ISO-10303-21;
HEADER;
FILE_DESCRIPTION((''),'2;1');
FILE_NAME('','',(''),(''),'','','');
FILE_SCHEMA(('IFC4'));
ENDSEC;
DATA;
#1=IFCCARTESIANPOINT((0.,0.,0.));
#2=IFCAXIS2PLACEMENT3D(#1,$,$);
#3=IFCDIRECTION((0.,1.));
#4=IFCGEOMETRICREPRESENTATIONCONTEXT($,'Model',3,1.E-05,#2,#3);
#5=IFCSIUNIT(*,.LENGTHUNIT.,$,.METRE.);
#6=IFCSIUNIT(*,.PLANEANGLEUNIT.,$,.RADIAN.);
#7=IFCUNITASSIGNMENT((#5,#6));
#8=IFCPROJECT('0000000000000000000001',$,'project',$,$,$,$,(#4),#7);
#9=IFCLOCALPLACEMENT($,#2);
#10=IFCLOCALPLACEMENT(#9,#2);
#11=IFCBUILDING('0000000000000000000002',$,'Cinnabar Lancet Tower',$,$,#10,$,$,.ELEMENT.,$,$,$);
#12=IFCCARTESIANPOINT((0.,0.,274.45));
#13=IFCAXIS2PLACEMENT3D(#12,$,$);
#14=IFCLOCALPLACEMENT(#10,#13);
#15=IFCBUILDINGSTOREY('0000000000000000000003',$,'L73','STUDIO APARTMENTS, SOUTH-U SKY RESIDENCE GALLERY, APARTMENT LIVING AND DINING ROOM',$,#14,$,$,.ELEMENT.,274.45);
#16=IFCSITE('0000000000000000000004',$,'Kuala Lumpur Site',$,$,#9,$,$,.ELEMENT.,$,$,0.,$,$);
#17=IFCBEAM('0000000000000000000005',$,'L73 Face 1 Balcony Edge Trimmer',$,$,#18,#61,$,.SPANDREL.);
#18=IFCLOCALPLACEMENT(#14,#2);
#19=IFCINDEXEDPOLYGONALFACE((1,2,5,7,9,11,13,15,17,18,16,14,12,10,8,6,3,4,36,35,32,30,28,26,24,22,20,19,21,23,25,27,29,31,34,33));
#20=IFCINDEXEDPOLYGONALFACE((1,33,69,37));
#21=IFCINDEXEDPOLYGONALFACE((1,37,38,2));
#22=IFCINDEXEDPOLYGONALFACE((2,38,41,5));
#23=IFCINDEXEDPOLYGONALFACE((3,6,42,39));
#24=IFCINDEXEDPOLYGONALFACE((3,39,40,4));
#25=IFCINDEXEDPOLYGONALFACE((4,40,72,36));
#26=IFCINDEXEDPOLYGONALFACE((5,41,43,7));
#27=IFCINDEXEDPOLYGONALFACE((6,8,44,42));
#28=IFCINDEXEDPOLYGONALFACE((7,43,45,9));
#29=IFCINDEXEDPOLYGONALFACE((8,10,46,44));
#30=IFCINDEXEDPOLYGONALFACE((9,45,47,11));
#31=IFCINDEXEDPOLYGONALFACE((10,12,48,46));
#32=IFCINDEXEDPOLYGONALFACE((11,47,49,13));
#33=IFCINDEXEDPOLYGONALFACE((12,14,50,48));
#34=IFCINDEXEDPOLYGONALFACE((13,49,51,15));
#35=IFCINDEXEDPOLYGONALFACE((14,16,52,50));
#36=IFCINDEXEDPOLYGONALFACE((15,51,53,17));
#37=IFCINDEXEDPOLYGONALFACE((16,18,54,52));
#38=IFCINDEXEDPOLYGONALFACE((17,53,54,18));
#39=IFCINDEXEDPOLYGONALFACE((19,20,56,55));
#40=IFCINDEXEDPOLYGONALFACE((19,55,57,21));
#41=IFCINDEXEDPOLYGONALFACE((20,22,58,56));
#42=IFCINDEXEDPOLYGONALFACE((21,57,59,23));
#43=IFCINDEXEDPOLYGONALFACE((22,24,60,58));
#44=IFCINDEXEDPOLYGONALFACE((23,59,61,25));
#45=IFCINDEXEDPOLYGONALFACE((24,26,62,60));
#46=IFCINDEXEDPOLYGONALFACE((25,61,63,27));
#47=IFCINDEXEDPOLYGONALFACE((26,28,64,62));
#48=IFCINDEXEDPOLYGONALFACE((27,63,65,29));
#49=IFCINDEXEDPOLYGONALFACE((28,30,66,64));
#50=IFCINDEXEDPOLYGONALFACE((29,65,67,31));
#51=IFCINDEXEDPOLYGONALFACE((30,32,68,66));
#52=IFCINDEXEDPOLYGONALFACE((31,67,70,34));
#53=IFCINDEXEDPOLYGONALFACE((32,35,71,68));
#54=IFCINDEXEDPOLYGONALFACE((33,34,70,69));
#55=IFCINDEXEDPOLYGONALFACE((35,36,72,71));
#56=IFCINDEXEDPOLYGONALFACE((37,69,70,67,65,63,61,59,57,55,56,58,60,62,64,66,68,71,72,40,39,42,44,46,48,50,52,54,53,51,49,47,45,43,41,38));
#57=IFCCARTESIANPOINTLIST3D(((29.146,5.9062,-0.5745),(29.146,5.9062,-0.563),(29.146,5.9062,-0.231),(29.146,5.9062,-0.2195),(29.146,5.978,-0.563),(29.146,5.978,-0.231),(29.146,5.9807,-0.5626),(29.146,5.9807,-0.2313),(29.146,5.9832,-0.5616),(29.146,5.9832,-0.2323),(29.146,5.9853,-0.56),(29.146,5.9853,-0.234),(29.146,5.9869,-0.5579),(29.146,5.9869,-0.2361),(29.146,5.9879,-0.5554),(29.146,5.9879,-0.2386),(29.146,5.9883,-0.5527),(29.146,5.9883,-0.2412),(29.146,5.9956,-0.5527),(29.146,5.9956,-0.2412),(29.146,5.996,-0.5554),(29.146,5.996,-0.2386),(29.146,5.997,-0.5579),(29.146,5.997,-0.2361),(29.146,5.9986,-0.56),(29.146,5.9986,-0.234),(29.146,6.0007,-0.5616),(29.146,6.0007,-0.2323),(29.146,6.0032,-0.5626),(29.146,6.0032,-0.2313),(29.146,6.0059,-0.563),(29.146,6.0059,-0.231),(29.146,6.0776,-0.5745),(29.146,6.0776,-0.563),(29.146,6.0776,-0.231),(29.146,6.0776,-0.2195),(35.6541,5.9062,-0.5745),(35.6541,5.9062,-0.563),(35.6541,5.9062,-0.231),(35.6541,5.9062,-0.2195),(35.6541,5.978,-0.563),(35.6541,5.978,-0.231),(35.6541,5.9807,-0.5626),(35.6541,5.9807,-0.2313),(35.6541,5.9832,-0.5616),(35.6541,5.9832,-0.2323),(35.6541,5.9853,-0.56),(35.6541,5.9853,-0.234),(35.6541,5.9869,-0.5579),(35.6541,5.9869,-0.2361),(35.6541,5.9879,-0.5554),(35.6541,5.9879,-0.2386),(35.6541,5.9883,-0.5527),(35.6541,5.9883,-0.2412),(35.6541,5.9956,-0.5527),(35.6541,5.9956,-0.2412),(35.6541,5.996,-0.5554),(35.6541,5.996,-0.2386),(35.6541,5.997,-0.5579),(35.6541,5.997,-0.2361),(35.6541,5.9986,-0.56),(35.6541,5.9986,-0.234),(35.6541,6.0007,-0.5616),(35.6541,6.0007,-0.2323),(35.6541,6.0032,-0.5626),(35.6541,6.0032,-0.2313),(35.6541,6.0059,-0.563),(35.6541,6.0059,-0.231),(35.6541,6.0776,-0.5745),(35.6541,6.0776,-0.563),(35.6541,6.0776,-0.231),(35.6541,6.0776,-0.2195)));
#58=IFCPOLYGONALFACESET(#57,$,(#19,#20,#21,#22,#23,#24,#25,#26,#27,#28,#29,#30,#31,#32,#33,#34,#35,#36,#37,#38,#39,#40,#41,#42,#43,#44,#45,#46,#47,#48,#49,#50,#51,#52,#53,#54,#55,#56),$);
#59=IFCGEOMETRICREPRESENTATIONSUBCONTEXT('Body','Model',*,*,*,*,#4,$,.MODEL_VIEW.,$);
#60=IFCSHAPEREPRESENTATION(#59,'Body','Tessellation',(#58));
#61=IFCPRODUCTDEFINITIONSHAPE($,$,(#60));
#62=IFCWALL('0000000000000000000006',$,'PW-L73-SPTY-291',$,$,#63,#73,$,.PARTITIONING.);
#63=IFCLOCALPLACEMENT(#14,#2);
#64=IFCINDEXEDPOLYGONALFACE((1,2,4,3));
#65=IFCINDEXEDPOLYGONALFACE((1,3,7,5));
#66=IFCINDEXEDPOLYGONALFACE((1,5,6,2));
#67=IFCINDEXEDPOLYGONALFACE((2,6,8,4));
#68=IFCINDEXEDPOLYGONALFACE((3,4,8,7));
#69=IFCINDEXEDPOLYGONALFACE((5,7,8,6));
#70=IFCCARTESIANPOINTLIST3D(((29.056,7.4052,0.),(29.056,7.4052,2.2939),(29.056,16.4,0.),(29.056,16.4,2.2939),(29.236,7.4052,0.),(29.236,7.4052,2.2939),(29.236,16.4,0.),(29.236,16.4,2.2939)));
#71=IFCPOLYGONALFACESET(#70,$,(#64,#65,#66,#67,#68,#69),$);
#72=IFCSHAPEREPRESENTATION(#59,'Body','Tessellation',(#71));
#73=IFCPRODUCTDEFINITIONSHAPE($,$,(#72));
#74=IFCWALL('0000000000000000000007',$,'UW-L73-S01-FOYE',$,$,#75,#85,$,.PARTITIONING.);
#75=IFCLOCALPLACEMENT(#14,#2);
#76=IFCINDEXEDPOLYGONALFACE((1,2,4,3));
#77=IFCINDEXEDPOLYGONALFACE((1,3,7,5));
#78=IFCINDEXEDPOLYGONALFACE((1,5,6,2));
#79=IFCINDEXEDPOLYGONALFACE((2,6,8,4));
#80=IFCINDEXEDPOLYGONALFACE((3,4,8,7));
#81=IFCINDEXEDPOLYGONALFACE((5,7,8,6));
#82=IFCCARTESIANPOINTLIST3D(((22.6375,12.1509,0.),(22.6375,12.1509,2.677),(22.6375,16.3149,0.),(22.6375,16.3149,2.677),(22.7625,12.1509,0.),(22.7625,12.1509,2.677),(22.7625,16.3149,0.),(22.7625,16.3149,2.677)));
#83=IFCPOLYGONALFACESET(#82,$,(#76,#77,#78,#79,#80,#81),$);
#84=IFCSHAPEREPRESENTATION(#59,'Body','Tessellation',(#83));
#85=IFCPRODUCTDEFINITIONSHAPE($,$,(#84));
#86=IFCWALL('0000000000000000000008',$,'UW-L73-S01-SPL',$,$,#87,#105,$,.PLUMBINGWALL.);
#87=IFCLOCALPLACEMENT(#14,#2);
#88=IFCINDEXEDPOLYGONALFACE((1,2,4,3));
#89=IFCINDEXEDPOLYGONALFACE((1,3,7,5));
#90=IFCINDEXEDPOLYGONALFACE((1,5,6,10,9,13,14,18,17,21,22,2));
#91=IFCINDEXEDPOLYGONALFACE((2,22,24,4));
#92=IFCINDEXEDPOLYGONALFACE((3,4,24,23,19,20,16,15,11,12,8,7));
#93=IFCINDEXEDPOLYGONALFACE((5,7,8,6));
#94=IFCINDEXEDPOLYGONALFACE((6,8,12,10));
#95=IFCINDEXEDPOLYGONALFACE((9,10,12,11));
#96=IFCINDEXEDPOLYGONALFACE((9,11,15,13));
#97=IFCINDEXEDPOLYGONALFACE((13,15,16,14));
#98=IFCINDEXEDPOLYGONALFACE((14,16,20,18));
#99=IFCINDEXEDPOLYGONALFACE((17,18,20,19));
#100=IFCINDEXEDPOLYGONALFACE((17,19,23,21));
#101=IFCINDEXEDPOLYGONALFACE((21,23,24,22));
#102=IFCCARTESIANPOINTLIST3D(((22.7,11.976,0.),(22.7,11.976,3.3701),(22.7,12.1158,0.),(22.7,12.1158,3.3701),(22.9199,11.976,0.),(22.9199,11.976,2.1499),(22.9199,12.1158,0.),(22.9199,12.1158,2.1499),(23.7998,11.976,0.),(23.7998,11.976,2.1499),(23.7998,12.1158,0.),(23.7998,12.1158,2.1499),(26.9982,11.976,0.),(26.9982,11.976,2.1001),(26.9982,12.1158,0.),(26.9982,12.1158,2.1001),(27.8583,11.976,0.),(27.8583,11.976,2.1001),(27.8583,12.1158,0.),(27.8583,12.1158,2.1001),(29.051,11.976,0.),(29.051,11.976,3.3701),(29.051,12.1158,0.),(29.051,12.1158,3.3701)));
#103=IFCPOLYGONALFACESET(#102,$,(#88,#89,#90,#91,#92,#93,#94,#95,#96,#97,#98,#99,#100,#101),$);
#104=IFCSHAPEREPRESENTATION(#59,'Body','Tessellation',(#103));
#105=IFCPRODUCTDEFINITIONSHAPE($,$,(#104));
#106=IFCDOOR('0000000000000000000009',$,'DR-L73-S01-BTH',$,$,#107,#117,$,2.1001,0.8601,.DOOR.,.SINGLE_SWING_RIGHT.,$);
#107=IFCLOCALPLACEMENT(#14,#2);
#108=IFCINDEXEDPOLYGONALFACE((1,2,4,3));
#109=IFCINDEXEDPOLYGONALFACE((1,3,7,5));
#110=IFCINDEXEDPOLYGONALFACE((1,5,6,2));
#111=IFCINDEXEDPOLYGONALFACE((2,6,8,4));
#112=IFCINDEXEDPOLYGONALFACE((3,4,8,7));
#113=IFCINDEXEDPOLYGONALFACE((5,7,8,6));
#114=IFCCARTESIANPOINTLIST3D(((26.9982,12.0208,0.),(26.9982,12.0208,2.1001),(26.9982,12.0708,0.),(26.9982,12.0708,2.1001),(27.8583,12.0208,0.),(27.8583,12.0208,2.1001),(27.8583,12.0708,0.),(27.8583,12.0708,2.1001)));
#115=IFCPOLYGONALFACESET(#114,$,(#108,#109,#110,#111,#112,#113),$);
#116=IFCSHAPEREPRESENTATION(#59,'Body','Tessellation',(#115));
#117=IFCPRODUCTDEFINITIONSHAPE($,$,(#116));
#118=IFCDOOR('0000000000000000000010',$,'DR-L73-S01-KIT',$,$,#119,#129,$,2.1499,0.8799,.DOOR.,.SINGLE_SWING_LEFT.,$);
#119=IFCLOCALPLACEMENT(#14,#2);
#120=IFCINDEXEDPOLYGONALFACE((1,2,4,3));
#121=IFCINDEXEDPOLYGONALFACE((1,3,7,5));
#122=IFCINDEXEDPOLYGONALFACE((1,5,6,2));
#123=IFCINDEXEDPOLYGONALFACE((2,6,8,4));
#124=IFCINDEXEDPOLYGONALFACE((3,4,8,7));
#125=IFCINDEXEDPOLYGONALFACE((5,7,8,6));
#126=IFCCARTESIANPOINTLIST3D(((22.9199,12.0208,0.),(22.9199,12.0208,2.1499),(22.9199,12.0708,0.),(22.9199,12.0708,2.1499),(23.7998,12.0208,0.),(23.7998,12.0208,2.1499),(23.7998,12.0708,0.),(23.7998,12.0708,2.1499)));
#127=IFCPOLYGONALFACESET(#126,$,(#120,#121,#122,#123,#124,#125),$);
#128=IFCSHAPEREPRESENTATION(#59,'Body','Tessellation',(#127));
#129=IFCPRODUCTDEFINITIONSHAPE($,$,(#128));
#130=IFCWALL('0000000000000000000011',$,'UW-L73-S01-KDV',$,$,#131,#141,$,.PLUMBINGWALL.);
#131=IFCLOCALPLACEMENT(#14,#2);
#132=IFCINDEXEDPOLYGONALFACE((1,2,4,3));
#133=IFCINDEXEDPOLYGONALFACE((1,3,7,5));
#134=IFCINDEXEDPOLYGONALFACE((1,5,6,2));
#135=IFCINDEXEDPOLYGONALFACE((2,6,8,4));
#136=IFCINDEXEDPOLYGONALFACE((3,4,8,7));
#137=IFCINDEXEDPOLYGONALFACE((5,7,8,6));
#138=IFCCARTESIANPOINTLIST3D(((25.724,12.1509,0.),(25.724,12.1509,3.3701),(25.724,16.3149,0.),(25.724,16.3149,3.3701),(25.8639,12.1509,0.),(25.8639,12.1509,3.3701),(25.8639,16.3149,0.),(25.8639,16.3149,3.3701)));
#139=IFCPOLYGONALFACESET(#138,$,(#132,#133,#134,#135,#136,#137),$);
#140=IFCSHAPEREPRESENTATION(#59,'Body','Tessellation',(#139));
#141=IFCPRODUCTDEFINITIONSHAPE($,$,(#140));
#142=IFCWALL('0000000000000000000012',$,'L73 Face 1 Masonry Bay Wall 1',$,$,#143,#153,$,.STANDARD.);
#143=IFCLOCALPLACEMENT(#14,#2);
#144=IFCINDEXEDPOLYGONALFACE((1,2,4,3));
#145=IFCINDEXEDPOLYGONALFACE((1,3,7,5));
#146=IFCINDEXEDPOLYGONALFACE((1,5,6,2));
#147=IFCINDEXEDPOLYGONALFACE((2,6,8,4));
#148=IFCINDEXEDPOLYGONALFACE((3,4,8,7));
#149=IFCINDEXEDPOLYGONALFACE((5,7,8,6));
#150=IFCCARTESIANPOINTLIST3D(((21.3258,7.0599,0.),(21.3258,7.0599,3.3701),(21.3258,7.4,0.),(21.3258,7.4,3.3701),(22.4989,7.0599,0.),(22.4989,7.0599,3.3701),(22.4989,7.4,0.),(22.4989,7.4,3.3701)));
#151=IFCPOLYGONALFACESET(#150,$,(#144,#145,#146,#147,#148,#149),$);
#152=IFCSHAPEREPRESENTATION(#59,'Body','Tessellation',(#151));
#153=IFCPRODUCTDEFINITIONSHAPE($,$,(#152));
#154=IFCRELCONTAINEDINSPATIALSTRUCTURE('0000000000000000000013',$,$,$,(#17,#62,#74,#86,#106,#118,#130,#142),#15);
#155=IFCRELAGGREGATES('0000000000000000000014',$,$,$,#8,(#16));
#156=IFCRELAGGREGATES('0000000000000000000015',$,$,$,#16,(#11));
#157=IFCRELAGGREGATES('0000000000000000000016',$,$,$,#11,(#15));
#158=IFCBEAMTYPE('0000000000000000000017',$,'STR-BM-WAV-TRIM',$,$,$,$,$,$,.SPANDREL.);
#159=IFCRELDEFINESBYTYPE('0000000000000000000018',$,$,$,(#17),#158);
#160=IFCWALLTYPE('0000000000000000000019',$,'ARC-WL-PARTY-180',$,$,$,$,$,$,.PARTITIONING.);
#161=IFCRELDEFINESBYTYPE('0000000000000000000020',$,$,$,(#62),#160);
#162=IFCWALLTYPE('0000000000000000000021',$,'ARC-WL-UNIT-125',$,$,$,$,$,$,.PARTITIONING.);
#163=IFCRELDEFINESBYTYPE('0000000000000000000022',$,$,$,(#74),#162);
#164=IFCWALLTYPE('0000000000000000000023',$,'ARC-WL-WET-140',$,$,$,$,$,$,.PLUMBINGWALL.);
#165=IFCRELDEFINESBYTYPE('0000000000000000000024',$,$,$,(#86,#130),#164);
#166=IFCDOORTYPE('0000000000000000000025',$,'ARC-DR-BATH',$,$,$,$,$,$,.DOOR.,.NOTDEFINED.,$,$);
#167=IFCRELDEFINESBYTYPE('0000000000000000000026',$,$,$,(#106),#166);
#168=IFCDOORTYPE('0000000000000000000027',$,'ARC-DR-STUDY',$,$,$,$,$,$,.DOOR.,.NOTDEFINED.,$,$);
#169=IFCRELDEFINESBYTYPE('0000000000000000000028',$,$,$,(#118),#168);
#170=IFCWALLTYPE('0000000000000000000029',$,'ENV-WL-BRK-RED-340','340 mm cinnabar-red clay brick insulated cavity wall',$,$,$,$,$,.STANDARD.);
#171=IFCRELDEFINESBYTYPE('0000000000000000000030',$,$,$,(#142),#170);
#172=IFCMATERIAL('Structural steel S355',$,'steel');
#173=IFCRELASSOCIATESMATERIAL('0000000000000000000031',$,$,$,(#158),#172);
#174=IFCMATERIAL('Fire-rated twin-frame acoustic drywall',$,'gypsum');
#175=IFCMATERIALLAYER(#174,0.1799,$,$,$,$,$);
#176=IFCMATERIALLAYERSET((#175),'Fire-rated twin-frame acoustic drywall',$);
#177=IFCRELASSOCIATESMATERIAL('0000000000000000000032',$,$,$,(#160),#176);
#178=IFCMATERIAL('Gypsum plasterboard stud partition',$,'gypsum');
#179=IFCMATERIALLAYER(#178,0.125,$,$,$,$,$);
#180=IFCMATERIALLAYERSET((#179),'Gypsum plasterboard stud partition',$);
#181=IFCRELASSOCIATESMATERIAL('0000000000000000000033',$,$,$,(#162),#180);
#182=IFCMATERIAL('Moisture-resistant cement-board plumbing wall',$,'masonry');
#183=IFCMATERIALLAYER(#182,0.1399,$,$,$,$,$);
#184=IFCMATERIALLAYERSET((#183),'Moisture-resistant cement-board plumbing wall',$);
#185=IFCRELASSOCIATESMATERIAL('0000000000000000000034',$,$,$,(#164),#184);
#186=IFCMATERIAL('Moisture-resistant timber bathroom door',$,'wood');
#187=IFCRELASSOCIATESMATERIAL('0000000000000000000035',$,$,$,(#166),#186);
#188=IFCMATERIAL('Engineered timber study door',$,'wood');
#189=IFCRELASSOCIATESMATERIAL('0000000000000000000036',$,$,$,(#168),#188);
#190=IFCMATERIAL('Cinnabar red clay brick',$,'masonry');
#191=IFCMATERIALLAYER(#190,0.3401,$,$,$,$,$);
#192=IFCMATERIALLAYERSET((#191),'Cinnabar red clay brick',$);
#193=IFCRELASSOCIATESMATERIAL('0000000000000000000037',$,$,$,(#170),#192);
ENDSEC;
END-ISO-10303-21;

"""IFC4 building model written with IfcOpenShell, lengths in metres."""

from ifc_helpers import new_model, si_unit, direction, frame, frame_2d, origin, origin_2d, place, context, subcontext, project, spatial, rectangle, i_section, extrude, material, layer, layer_set, material_profile, profile_set, type_object, element, fill, save


model = new_model("IFC4")

# Units and contexts
model_context = context("Model", 3, precision=1e-05, world=origin(), true_north=direction((0.0, 1.0)))
body_context = subcontext(model_context, "Body", "Model", "MODEL_VIEW")
ifc_project = project(units=[si_unit("LENGTHUNIT", "METRE"), si_unit("PLANEANGLEUNIT", "RADIAN")], contexts=[model_context])

# Site, building, storey
site_placement = place(None, origin())
site = spatial("IfcSite", under=ifc_project, at=site_placement, Name="Kuala Lumpur Site", CompositionType="ELEMENT", RefElevation=0.0)
building_placement = place(site_placement, origin())
building = spatial("IfcBuilding", under=site, at=building_placement, Name="Cinnabar Lancet Tower", CompositionType="ELEMENT")
storey_placement = place(building_placement, frame((0.0, 0.0, 274.45)))
storey = spatial("IfcBuildingStorey", under=building, at=storey_placement, Name="L73", Description="STUDIO APARTMENTS, SOUTH-U SKY RESIDENCE GALLERY, APARTMENT LIVING AND DINING ROOM", CompositionType="ELEMENT", Elevation=274.45)

# Beam
ifc_material_1 = material(Name="Structural steel S355", Category="steel")
ifc_material_profile_1 = material_profile(ifc_material_1, i_section(OverallWidth=0.1714, OverallDepth=0.355, WebThickness=0.0073, FlangeThickness=0.0115, FilletRadius=0.0103, at=origin_2d()), Name="UKB 356x171x51")
ifc_profile_set_1 = profile_set([ifc_material_profile_1], Name="Structural steel S355")
beam_type_1 = type_object("IfcBeamType", Name="STR-BM-WAV-TRIM", PredefinedType="SPANDREL", material=ifc_profile_set_1)
beam_1_placement = place(storey_placement, frame((29.146, 5.9919, -0.397), z_axis=(1.0, 0.0, 0.0), x_axis=(0.0, 1.0, 0.0)))
element("IfcBeam", 1, at=beam_1_placement, inside=storey, type_object=beam_type_1, Name="L73 Face 1 Balcony Edge Trimmer", PredefinedType="SPANDREL", context=body_context, shape_type="SweptSolid", body=[
    extrude(i_section(OverallWidth=0.1714, OverallDepth=0.355, WebThickness=0.0073, FlangeThickness=0.0115, FilletRadius=0.0103, at=origin_2d()), origin(), (0.0, 0.0, 1.0), 6.5081),
])

# Walls
ifc_material_2 = material(Name="Fire-rated twin-frame acoustic drywall", Category="gypsum")
ifc_layer_1 = layer(ifc_material_2, 0.1799)
ifc_layer_set_1 = layer_set([ifc_layer_1], Name="Fire-rated twin-frame acoustic drywall")
wall_type_1 = type_object("IfcWallType", Name="ARC-WL-PARTY-180", PredefinedType="PARTITIONING", material=ifc_layer_set_1)
wall_1_placement = place(storey_placement, frame((29.146, 7.405, 0.0), z_axis=(0.0, 0.0, 1.0), x_axis=(0.0, 1.0, 0.0)))
element("IfcWall", 2, at=wall_1_placement, inside=storey, type_object=wall_type_1, Name="PW-L73-SPTY-291", PredefinedType="PARTITIONING", context=body_context, shape_type="SweptSolid", body=[
    extrude(rectangle(XDim=8.9949, YDim=0.1799, at=frame_2d((4.4976, 0.0))), origin(), (0.0, 0.0, 1.0), 2.2939),
])
ifc_material_3 = material(Name="Gypsum plasterboard stud partition", Category="gypsum")
ifc_layer_2 = layer(ifc_material_3, 0.125)
ifc_layer_set_2 = layer_set([ifc_layer_2], Name="Gypsum plasterboard stud partition")
wall_type_2 = type_object("IfcWallType", Name="ARC-WL-UNIT-125", PredefinedType="PARTITIONING", material=ifc_layer_set_2)
wall_2_placement = place(storey_placement, frame((22.7, 12.1509, 0.0), z_axis=(0.0, 0.0, 1.0), x_axis=(0.0, 1.0, 0.0)))
element("IfcWall", 3, at=wall_2_placement, inside=storey, type_object=wall_type_2, Name="UW-L73-S01-FOYE", PredefinedType="PARTITIONING", context=body_context, shape_type="SweptSolid", body=[
    extrude(rectangle(XDim=4.1641, YDim=0.125, at=frame_2d((2.082, 0.0))), origin(), (0.0, 0.0, 1.0), 2.677),
])

# Wall, openings, doors
ifc_material_4 = material(Name="Moisture-resistant cement-board plumbing wall", Category="masonry")
ifc_layer_3 = layer(ifc_material_4, 0.1399)
ifc_layer_set_3 = layer_set([ifc_layer_3], Name="Moisture-resistant cement-board plumbing wall")
wall_type_3 = type_object("IfcWallType", Name="ARC-WL-WET-140", PredefinedType="PLUMBINGWALL", material=ifc_layer_set_3)
wall_3_placement = place(storey_placement, frame((22.7, 12.0459, 0.0), z_axis=(0.0, 0.0, 1.0), x_axis=(1.0, 0.0, 0.0)))
wall_3 = element("IfcWall", 4, at=wall_3_placement, inside=storey, type_object=wall_type_3, Name="UW-L73-S01-SPL", PredefinedType="PLUMBINGWALL", context=body_context, shape_type="SweptSolid", body=[
    extrude(rectangle(XDim=6.3511, YDim=0.1399, at=frame_2d((3.1755, 0.0))), origin(), (0.0, 0.0, 1.0), 3.3701),
])
opening_1_placement = place(wall_3_placement, frame((4.2981, 0.0, 0.0)))
opening_1 = element("IfcOpeningElement", 5, at=opening_1_placement, cuts=wall_3, PredefinedType="OPENING", context=body_context, shape_type="SweptSolid", body=[
    extrude(rectangle(XDim=0.8601, YDim=2.1001, at=frame_2d((0.4302, 1.05))), frame((0.0, 0.0798, 0.0), z_axis=(0.0, -1.0, 0.0), x_axis=(1.0, 0.0, 0.0)), (0.0, 0.0, 1.0), 0.1599),
])
opening_2_placement = place(wall_3_placement, frame((0.22, 0.0, 0.0)))
opening_2 = element("IfcOpeningElement", 6, at=opening_2_placement, cuts=wall_3, PredefinedType="OPENING", context=body_context, shape_type="SweptSolid", body=[
    extrude(rectangle(XDim=0.8799, YDim=2.1499, at=frame_2d((0.4399, 1.075))), frame((0.0, 0.0798, 0.0), z_axis=(0.0, -1.0, 0.0), x_axis=(1.0, 0.0, 0.0)), (0.0, 0.0, 1.0), 0.1599),
])
ifc_material_5 = material(Name="Moisture-resistant timber bathroom door", Category="wood")
door_type_1 = type_object("IfcDoorType", Name="ARC-DR-BATH", OperationType="NOTDEFINED", PredefinedType="DOOR", material=ifc_material_5)
door_1_placement = place(opening_1_placement, origin())
door_1 = element("IfcDoor", 7, at=door_1_placement, inside=storey, type_object=door_type_1, Name="DR-L73-S01-BTH", OperationType="SINGLE_SWING_RIGHT", OverallHeight=2.1001, OverallWidth=0.8601, PredefinedType="DOOR", context=body_context, shape_type="SweptSolid", body=[
    extrude(rectangle(XDim=0.8601, YDim=2.1001, at=frame_2d((0.4302, 1.05))), frame((0.0, 0.0249, 0.0), z_axis=(0.0, -1.0, 0.0), x_axis=(1.0, 0.0, 0.0)), (0.0, 0.0, 1.0), 0.05),
])
fill(opening_1, door_1)
ifc_material_6 = material(Name="Engineered timber study door", Category="wood")
door_type_2 = type_object("IfcDoorType", Name="ARC-DR-STUDY", OperationType="NOTDEFINED", PredefinedType="DOOR", material=ifc_material_6)
door_2_placement = place(opening_2_placement, origin())
door_2 = element("IfcDoor", 8, at=door_2_placement, inside=storey, type_object=door_type_2, Name="DR-L73-S01-KIT", OperationType="SINGLE_SWING_LEFT", OverallHeight=2.1499, OverallWidth=0.8799, PredefinedType="DOOR", context=body_context, shape_type="SweptSolid", body=[
    extrude(rectangle(XDim=0.8799, YDim=2.1499, at=frame_2d((0.4399, 1.075))), frame((0.0, 0.0249, 0.0), z_axis=(0.0, -1.0, 0.0), x_axis=(1.0, 0.0, 0.0)), (0.0, 0.0, 1.0), 0.05),
])
fill(opening_2, door_2)

# Walls
wall_4_placement = place(storey_placement, frame((25.7939, 12.1509, 0.0), z_axis=(0.0, 0.0, 1.0), x_axis=(0.0, 1.0, 0.0)))
element("IfcWall", 9, at=wall_4_placement, inside=storey, type_object=wall_type_3, Name="UW-L73-S01-KDV", PredefinedType="PLUMBINGWALL", context=body_context, shape_type="SweptSolid", body=[
    extrude(rectangle(XDim=4.1641, YDim=0.1399, at=frame_2d((2.082, 0.0))), origin(), (0.0, 0.0, 1.0), 3.3701),
])
ifc_material_7 = material(Name="Cinnabar red clay brick", Category="masonry")
ifc_layer_4 = layer(ifc_material_7, 0.3401)
ifc_layer_set_4 = layer_set([ifc_layer_4], Name="Cinnabar red clay brick")
wall_type_4 = type_object("IfcWallType", Name="ENV-WL-BRK-RED-340", Description="340 mm cinnabar-red clay brick insulated cavity wall", PredefinedType="STANDARD", material=ifc_layer_set_4)
wall_5_placement = place(storey_placement, frame((21.3259, 7.23, 0.0), z_axis=(0.0, 0.0, 1.0), x_axis=(1.0, 0.0, 0.0)))
element("IfcWall", 10, at=wall_5_placement, inside=storey, type_object=wall_type_4, Name="L73 Face 1 Masonry Bay Wall 1", PredefinedType="STANDARD", context=body_context, shape_type="SweptSolid", body=[
    extrude(rectangle(XDim=1.1731, YDim=0.3401, at=frame_2d((0.5864, 0.0))), origin(), (0.0, 0.0, 1.0), 3.3701),
])

save(model, "model.ifc")
